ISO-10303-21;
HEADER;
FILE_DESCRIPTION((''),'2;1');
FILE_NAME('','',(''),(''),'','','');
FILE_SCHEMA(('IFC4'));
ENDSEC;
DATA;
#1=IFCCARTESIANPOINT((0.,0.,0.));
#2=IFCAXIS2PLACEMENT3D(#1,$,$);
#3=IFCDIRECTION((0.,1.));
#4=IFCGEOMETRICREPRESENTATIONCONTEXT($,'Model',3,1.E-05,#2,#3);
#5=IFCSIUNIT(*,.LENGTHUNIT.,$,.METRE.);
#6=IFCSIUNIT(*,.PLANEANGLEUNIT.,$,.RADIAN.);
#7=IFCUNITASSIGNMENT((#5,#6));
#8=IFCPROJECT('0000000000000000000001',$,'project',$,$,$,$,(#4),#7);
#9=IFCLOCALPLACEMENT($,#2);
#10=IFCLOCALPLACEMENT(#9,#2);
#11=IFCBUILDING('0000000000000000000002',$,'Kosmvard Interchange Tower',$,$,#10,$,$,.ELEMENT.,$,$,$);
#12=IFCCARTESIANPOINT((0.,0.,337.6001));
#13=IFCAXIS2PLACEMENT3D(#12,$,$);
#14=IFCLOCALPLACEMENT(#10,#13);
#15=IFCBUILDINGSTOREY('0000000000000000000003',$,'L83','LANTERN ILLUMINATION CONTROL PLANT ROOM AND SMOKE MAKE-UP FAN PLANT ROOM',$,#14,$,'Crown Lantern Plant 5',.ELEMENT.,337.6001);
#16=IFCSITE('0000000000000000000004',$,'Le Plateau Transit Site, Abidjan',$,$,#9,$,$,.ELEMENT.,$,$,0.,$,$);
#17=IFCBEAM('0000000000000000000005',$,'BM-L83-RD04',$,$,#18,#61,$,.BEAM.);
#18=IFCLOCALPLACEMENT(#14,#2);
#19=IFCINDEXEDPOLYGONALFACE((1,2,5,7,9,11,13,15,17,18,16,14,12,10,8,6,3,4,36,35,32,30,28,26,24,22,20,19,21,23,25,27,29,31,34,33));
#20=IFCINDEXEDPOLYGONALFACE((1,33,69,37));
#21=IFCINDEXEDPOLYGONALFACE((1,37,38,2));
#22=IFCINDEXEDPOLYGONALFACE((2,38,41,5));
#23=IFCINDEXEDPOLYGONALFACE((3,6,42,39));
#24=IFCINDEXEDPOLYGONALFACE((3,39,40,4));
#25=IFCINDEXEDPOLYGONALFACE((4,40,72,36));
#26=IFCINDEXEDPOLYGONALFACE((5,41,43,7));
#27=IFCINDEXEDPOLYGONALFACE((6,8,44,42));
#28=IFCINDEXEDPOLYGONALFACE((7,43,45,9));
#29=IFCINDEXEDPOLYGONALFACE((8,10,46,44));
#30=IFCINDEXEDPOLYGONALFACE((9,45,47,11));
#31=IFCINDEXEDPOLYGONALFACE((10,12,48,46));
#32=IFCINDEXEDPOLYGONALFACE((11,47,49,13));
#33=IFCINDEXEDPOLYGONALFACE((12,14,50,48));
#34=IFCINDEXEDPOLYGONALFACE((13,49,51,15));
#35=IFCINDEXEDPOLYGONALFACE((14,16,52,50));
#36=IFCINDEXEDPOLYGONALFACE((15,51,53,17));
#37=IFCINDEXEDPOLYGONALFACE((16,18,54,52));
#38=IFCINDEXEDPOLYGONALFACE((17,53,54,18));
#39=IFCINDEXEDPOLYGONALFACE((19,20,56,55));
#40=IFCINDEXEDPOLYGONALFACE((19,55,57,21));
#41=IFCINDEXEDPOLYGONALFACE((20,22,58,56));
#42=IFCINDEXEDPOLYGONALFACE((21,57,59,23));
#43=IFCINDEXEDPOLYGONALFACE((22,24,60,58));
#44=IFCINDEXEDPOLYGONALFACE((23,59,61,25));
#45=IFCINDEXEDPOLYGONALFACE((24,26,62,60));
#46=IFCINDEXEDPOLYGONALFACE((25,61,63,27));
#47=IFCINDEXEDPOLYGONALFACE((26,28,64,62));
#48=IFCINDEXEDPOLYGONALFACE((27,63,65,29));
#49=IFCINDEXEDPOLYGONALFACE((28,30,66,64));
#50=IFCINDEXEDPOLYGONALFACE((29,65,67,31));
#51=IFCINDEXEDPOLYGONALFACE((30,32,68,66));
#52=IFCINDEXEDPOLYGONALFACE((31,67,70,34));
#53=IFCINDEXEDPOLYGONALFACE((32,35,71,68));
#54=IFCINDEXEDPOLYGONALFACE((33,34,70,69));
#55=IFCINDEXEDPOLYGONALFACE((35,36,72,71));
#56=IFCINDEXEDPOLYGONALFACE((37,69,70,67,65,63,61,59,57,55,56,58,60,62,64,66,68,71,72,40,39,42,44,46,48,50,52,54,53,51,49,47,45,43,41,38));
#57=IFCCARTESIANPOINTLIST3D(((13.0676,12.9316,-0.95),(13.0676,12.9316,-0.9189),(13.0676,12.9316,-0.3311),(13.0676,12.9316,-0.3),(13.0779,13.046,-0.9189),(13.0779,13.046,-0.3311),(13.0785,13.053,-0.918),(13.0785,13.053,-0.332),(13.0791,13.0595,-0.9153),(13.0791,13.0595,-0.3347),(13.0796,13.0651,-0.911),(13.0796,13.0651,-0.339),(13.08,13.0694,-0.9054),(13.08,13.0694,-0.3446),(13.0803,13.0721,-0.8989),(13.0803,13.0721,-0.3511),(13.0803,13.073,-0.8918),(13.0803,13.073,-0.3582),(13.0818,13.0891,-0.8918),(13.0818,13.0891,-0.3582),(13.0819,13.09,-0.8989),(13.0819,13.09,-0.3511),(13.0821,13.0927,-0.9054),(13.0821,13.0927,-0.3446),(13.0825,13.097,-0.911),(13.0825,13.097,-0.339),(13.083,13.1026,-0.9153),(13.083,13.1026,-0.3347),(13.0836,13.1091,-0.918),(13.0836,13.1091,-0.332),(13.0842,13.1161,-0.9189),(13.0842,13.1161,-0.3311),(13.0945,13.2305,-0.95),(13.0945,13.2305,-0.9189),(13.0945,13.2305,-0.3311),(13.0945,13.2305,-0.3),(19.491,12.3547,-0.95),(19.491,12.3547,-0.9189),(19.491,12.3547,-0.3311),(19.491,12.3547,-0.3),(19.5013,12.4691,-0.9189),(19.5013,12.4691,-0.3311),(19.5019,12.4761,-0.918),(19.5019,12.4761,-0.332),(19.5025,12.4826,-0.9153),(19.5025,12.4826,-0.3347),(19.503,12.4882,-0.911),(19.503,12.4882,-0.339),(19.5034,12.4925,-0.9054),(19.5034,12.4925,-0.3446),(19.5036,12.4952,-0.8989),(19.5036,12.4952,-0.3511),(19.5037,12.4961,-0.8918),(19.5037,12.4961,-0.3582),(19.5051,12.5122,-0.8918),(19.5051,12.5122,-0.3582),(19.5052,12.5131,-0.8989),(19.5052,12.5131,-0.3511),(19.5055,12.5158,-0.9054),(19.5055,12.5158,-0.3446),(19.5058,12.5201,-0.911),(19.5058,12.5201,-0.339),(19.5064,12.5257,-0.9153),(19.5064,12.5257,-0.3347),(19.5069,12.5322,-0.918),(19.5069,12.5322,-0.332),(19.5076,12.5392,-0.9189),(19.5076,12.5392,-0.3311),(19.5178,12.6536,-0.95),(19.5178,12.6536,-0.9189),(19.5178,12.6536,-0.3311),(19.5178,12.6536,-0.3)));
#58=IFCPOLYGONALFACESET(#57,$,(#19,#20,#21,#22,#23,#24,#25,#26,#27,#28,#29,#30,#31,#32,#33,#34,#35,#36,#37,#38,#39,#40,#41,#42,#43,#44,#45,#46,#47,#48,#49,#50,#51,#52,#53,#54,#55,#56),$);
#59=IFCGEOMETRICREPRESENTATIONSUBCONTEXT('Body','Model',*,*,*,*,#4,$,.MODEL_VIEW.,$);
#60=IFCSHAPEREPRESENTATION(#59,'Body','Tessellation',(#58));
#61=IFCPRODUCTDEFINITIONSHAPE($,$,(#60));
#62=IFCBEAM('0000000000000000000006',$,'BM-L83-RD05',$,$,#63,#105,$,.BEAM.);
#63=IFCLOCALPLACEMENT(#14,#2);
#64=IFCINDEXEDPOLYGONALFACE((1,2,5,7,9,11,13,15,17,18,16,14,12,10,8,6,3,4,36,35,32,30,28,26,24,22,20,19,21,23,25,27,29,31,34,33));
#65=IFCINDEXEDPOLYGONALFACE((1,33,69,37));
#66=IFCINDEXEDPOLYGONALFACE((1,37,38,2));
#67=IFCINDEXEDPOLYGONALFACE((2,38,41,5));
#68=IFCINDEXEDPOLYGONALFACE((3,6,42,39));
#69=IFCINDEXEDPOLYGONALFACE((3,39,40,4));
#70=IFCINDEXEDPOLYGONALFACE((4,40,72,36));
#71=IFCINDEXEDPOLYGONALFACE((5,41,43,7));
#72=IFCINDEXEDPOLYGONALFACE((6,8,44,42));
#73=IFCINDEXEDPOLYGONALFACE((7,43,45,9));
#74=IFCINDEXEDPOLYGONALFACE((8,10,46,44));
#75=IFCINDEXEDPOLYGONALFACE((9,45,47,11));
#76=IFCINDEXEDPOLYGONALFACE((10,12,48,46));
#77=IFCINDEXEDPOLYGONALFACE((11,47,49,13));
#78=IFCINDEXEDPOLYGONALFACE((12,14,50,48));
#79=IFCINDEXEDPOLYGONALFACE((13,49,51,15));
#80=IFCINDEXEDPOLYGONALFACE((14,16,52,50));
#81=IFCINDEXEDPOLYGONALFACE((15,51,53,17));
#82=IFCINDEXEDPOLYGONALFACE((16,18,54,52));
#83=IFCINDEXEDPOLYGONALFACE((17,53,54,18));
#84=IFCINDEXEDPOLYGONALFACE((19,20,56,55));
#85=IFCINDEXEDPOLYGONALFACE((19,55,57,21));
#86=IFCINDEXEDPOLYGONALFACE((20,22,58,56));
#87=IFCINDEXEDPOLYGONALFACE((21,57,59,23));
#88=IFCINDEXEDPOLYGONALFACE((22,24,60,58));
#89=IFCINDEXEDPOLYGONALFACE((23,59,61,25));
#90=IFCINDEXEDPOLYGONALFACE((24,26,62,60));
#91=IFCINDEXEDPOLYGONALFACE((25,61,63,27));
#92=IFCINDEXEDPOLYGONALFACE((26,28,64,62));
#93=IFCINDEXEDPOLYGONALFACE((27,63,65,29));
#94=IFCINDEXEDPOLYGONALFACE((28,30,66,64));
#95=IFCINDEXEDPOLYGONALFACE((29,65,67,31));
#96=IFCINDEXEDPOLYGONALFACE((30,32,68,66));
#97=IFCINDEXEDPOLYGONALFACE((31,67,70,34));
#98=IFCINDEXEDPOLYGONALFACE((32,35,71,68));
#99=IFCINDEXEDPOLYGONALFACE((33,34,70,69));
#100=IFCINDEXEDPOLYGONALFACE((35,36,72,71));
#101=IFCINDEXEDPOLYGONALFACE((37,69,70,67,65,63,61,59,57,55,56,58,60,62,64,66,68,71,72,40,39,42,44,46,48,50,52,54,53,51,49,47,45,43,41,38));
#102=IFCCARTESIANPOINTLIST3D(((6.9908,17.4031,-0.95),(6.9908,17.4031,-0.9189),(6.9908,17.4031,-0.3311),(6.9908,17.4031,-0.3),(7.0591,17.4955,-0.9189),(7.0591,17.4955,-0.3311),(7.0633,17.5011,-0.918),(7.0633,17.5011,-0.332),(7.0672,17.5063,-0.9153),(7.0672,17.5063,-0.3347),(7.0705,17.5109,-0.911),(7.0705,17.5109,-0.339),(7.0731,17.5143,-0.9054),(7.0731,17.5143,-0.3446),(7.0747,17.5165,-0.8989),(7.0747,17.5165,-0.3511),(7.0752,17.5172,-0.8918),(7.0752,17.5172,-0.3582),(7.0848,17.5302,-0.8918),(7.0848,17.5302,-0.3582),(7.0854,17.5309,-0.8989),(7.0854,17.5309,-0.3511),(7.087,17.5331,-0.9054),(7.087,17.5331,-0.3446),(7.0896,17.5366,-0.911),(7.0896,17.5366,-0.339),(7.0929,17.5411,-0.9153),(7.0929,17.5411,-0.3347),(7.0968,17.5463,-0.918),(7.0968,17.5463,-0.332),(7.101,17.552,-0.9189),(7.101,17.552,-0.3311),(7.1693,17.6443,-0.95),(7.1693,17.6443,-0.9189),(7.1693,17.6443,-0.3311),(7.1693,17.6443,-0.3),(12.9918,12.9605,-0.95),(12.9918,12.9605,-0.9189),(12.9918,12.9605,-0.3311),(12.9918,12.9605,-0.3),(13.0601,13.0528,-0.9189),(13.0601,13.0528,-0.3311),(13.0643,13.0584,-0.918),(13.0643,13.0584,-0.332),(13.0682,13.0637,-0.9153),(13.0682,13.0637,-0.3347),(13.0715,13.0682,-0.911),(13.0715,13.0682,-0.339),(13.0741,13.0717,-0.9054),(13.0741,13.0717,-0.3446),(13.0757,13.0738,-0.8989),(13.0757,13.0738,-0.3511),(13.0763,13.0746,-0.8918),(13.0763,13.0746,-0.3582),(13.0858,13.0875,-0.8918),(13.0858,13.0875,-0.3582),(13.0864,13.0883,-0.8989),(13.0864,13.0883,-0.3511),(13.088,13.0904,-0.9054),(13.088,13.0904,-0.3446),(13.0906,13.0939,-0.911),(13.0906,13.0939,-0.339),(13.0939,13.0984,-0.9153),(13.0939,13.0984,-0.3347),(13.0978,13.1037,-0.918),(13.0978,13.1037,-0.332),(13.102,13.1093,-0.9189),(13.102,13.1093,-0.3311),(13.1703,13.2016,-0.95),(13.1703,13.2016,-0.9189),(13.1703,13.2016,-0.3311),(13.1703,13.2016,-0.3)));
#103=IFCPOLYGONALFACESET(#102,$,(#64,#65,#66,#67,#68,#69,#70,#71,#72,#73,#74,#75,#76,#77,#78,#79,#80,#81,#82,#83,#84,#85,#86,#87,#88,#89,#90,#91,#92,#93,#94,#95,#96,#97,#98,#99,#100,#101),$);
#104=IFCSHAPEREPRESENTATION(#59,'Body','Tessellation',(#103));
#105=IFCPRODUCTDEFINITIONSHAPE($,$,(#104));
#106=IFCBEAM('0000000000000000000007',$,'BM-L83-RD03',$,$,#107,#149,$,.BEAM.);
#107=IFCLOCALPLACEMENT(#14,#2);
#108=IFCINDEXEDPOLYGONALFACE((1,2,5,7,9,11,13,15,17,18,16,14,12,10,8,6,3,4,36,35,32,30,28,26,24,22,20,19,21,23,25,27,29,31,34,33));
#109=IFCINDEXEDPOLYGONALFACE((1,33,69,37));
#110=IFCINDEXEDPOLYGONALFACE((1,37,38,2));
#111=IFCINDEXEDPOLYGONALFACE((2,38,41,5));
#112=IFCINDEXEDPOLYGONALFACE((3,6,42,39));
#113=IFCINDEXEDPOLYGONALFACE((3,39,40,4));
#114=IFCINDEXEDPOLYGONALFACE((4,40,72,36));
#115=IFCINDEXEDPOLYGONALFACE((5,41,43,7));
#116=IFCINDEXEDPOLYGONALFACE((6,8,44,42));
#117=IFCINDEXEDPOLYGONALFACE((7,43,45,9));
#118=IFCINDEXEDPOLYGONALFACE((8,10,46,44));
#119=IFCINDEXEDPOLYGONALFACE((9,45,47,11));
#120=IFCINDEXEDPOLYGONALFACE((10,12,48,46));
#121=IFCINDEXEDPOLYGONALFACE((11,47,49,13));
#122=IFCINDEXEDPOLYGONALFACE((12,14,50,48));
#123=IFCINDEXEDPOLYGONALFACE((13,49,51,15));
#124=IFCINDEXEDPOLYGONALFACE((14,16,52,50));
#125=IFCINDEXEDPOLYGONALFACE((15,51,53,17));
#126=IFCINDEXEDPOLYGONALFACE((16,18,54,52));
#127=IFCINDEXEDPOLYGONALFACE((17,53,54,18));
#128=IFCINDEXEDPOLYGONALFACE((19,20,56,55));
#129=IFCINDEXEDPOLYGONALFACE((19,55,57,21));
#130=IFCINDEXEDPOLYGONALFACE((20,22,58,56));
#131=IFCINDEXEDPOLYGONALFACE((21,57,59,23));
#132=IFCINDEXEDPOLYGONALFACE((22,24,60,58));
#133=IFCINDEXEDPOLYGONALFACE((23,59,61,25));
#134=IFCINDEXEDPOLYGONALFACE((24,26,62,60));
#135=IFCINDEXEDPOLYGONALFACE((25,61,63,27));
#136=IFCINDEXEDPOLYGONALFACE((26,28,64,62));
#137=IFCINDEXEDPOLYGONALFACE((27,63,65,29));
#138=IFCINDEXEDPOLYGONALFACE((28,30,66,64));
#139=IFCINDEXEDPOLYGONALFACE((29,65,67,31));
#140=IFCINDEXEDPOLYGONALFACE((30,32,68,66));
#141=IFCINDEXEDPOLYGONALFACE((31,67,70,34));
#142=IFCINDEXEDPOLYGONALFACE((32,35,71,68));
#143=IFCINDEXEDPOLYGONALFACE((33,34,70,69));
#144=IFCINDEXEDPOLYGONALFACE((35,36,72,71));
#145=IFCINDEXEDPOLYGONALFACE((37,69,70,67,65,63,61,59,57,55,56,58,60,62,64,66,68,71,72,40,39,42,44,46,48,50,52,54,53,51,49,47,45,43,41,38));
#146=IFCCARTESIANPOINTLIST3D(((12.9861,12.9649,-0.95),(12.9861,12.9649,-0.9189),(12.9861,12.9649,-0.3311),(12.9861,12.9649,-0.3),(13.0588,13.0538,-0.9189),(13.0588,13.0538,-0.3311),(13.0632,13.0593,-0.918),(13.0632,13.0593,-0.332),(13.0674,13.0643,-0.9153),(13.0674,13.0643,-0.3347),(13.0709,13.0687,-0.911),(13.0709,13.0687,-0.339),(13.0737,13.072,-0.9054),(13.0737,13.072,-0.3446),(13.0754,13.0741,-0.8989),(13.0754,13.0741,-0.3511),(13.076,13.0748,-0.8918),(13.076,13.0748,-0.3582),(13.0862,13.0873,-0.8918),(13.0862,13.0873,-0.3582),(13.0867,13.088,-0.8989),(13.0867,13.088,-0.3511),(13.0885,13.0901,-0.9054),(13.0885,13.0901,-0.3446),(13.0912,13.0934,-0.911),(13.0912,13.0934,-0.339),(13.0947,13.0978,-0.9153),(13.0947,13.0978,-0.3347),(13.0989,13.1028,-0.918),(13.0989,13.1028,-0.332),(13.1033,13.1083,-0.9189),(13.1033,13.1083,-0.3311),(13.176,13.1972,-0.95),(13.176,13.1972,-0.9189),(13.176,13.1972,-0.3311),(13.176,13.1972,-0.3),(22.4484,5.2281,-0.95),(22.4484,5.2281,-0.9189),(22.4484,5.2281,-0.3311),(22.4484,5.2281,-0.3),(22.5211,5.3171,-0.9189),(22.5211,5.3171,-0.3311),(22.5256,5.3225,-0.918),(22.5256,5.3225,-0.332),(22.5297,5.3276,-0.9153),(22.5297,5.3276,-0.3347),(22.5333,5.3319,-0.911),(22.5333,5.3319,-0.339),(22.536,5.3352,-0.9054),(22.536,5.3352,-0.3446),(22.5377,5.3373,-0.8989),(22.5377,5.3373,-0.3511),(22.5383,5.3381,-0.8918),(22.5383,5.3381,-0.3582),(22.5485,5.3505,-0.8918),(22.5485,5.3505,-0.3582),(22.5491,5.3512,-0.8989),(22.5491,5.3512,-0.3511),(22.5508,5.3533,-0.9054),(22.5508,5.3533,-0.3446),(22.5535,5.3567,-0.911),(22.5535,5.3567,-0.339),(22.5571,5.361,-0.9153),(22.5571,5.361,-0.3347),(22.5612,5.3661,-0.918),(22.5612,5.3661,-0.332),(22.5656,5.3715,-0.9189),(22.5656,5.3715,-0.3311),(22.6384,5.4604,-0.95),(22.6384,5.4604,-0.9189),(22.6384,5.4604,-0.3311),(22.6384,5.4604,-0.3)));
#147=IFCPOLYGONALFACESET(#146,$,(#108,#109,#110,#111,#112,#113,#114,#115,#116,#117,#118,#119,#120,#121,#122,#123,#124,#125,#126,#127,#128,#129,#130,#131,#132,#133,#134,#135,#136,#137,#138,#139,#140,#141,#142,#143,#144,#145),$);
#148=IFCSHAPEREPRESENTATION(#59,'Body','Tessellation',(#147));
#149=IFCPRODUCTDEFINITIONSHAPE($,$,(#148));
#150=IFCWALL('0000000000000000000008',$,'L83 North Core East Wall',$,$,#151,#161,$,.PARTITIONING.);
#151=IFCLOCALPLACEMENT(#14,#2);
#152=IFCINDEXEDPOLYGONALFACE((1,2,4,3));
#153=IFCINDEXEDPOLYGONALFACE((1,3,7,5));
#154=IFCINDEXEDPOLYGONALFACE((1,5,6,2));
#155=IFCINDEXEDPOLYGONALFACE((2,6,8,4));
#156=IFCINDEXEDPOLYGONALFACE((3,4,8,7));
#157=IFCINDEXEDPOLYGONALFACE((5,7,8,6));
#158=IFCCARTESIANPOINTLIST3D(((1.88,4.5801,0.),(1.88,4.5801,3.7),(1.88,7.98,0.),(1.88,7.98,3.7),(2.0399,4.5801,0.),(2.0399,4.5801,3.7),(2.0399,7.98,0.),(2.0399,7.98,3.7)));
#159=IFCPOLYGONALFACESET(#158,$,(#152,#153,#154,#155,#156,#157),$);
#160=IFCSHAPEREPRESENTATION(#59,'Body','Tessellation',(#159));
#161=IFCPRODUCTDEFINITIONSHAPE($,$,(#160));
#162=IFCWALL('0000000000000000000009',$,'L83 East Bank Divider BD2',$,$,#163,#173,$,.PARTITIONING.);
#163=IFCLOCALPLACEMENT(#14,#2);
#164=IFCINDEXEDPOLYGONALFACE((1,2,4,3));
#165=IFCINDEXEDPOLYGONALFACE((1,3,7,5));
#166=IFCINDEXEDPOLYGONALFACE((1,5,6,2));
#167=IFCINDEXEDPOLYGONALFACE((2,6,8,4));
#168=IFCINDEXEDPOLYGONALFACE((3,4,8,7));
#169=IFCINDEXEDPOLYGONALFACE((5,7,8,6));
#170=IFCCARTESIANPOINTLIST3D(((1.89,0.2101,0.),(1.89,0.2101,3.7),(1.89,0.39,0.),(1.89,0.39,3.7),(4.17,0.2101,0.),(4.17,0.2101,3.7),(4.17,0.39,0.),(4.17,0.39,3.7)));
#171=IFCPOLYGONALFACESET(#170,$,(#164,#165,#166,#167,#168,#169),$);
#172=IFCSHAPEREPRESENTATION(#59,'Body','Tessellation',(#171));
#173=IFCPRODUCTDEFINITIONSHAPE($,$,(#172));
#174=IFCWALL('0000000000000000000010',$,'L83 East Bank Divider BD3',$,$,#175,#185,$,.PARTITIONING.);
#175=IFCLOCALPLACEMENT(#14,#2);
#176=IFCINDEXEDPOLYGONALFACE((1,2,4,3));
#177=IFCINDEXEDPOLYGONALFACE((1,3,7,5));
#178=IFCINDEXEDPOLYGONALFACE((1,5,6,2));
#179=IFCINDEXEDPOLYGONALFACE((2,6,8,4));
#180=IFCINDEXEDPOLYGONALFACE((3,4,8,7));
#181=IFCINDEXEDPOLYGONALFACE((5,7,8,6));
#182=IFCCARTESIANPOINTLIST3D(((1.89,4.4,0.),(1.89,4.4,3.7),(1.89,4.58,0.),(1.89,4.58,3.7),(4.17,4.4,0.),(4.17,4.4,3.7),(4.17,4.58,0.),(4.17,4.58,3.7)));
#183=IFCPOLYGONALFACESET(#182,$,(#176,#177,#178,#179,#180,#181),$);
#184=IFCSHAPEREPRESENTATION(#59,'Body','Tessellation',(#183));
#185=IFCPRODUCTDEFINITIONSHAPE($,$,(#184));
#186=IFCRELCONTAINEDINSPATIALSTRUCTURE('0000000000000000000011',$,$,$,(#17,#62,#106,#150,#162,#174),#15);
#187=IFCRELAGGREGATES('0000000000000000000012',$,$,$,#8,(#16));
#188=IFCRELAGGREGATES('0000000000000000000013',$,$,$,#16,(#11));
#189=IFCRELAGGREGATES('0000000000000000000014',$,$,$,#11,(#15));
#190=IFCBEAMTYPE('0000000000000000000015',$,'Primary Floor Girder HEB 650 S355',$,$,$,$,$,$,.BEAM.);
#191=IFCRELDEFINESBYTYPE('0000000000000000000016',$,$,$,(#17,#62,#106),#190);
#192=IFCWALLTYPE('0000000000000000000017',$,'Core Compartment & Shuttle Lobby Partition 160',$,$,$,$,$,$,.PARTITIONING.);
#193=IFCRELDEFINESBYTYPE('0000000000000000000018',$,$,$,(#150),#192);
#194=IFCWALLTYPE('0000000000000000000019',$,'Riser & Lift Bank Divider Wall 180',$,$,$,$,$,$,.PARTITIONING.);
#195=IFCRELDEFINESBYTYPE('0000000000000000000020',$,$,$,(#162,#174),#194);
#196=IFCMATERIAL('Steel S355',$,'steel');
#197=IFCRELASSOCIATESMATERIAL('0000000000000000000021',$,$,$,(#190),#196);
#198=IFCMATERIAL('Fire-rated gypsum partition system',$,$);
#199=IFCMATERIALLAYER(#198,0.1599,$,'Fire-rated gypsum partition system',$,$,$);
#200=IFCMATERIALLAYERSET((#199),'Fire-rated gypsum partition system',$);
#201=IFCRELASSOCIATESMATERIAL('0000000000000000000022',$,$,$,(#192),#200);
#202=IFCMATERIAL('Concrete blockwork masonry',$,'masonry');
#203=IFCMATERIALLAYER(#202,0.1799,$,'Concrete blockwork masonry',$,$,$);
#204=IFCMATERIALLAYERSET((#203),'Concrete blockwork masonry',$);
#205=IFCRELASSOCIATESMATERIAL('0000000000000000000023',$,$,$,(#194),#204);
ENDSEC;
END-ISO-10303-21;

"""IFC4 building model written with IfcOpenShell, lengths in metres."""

from ifc_helpers import new_model, si_unit, direction, frame, frame_2d, origin, origin_2d, place, context, subcontext, project, spatial, rectangle, i_section, extrude, source, transform, mapped, material, layer, layer_set, material_profile, profile_set, type_object, element, save


model = new_model("IFC4")

# Units and contexts
model_context = context("Model", 3, precision=1e-05, world=origin(), true_north=direction((0.0, 1.0)))
body_context = subcontext(model_context, "Body", "Model", "MODEL_VIEW")
ifc_project = project(units=[si_unit("LENGTHUNIT", "METRE"), si_unit("PLANEANGLEUNIT", "RADIAN")], contexts=[model_context])

# Site, building, storey
site_placement = place(None, origin())
site = spatial("IfcSite", under=ifc_project, at=site_placement, Name="Le Plateau Transit Site, Abidjan", CompositionType="ELEMENT", RefElevation=0.0)
building_placement = place(site_placement, origin())
building = spatial("IfcBuilding", under=site, at=building_placement, Name="Kosmvard Interchange Tower", CompositionType="ELEMENT")
storey_placement = place(building_placement, frame((0.0, 0.0, 337.6001)))
storey = spatial("IfcBuildingStorey", under=building, at=storey_placement, Name="L83", Description="LANTERN ILLUMINATION CONTROL PLANT ROOM AND SMOKE MAKE-UP FAN PLANT ROOM", LongName="Crown Lantern Plant 5", CompositionType="ELEMENT", Elevation=337.6001)

# Beams
ifc_material_1 = material(Name="Steel S355", Category="steel")
ifc_material_profile_1 = material_profile(ifc_material_1, i_section(OverallWidth=0.3, OverallDepth=0.6499, WebThickness=0.0161, FlangeThickness=0.031, FilletRadius=0.0271, at=origin_2d()), Name="HEB 650")
ifc_profile_set_1 = profile_set([ifc_material_profile_1], Name="Steel S355")
beam_type_1 = type_object("IfcBeamType", Name="Primary Floor Girder HEB 650 S355", PredefinedType="BEAM", material=ifc_profile_set_1)
shared_shape_1 = source(origin(), body_context, "Body", "SweptSolid", [
    extrude(i_section(OverallWidth=0.3, OverallDepth=0.6499, WebThickness=0.0161, FlangeThickness=0.031, FilletRadius=0.0271, at=origin_2d()), origin(), (0.0, 0.0, 1.0), 6.4492),
])
beam_1_placement = place(storey_placement, frame((13.0811, 13.0811, -0.625), z_axis=(0.995991, -0.089454, 0.0), x_axis=(0.089454, 0.995991, 0.0)))
element("IfcBeam", 1, at=beam_1_placement, inside=storey, type_object=beam_type_1, Name="BM-L83-RD04", PredefinedType="BEAM", context=body_context, shape_type="MappedRepresentation", body=[
    mapped(shared_shape_1, transform((0.0, 0.0, 0.0), scale=1.0)),
])
shared_shape_2 = source(origin(), body_context, "Body", "SweptSolid", [
    extrude(i_section(OverallWidth=0.3, OverallDepth=0.6499, WebThickness=0.0161, FlangeThickness=0.031, FilletRadius=0.0271, at=origin_2d()), origin(), (0.0, 0.0, 1.0), 7.4666),
])
beam_2_placement = place(storey_placement, frame((13.0811, 13.0811, -0.625), z_axis=(-0.80372, 0.595008, 0.0), x_axis=(-0.595008, -0.80372, 0.0)))
element("IfcBeam", 2, at=beam_2_placement, inside=storey, type_object=beam_type_1, Name="BM-L83-RD05", PredefinedType="BEAM", context=body_context, shape_type="MappedRepresentation", body=[
    mapped(shared_shape_2, transform((0.0, 0.0, 0.0), scale=1.0)),
])
shared_shape_3 = source(origin(), body_context, "Body", "SweptSolid", [
    extrude(i_section(OverallWidth=0.3, OverallDepth=0.6499, WebThickness=0.0161, FlangeThickness=0.031, FilletRadius=0.0271, at=origin_2d()), origin(), (0.0, 0.0, 1.0), 12.2227),
])
beam_3_placement = place(storey_placement, frame((13.0811, 13.0811, -0.625), z_axis=(0.774164, -0.632985, 0.0), x_axis=(0.632985, 0.774164, 0.0)))
element("IfcBeam", 3, at=beam_3_placement, inside=storey, type_object=beam_type_1, Name="BM-L83-RD03", PredefinedType="BEAM", context=body_context, shape_type="MappedRepresentation", body=[
    mapped(shared_shape_3, transform((0.0, 0.0, 0.0), scale=1.0)),
])

# Walls
ifc_material_2 = material(Name="Fire-rated gypsum partition system")
ifc_layer_1 = layer(ifc_material_2, 0.1599, Name="Fire-rated gypsum partition system")
ifc_layer_set_1 = layer_set([ifc_layer_1], Name="Fire-rated gypsum partition system")
wall_type_1 = type_object("IfcWallType", Name="Core Compartment & Shuttle Lobby Partition 160", PredefinedType="PARTITIONING", material=ifc_layer_set_1)
wall_1_placement = place(storey_placement, frame((1.96, 4.5801, 0.0), z_axis=(0.0, 0.0, 1.0), x_axis=(0.0, 1.0, 0.0)))
element("IfcWall", 4, at=wall_1_placement, inside=storey, type_object=wall_type_1, Name="L83 North Core East Wall", PredefinedType="PARTITIONING", context=body_context, shape_type="SweptSolid", body=[
    extrude(rectangle(XDim=3.3999, YDim=0.1599, at=frame_2d((1.7, 0.0))), origin(), (0.0, 0.0, 1.0), 3.7),
])
ifc_material_3 = material(Name="Concrete blockwork masonry", Category="masonry")
ifc_layer_2 = layer(ifc_material_3, 0.1799, Name="Concrete blockwork masonry")
ifc_layer_set_2 = layer_set([ifc_layer_2], Name="Concrete blockwork masonry")
wall_type_2 = type_object("IfcWallType", Name="Riser & Lift Bank Divider Wall 180", PredefinedType="PARTITIONING", material=ifc_layer_set_2)
for number, where, z_axis, x_axis, name in (
    (5, (1.8899, 0.3, 0.0), (0.0, 0.0, 1.0), (1.0, 0.0, 0.0), "L83 East Bank Divider BD2"),
    (6, (1.8899, 4.49, 0.0), (0.0, 0.0, 1.0), (1.0, 0.0, 0.0), "L83 East Bank Divider BD3"),
):
    element("IfcWall", number, at=place(storey_placement, frame(where, z_axis=z_axis, x_axis=x_axis)), inside=storey, type_object=wall_type_2, Name=name, PredefinedType="PARTITIONING", context=body_context, shape_type="SweptSolid", body=[
        extrude(rectangle(XDim=2.28, YDim=0.1799, at=frame_2d((1.1401, 0.0))), origin(), (0.0, 0.0, 1.0), 3.7),
    ])

save(model, "model.ifc")
